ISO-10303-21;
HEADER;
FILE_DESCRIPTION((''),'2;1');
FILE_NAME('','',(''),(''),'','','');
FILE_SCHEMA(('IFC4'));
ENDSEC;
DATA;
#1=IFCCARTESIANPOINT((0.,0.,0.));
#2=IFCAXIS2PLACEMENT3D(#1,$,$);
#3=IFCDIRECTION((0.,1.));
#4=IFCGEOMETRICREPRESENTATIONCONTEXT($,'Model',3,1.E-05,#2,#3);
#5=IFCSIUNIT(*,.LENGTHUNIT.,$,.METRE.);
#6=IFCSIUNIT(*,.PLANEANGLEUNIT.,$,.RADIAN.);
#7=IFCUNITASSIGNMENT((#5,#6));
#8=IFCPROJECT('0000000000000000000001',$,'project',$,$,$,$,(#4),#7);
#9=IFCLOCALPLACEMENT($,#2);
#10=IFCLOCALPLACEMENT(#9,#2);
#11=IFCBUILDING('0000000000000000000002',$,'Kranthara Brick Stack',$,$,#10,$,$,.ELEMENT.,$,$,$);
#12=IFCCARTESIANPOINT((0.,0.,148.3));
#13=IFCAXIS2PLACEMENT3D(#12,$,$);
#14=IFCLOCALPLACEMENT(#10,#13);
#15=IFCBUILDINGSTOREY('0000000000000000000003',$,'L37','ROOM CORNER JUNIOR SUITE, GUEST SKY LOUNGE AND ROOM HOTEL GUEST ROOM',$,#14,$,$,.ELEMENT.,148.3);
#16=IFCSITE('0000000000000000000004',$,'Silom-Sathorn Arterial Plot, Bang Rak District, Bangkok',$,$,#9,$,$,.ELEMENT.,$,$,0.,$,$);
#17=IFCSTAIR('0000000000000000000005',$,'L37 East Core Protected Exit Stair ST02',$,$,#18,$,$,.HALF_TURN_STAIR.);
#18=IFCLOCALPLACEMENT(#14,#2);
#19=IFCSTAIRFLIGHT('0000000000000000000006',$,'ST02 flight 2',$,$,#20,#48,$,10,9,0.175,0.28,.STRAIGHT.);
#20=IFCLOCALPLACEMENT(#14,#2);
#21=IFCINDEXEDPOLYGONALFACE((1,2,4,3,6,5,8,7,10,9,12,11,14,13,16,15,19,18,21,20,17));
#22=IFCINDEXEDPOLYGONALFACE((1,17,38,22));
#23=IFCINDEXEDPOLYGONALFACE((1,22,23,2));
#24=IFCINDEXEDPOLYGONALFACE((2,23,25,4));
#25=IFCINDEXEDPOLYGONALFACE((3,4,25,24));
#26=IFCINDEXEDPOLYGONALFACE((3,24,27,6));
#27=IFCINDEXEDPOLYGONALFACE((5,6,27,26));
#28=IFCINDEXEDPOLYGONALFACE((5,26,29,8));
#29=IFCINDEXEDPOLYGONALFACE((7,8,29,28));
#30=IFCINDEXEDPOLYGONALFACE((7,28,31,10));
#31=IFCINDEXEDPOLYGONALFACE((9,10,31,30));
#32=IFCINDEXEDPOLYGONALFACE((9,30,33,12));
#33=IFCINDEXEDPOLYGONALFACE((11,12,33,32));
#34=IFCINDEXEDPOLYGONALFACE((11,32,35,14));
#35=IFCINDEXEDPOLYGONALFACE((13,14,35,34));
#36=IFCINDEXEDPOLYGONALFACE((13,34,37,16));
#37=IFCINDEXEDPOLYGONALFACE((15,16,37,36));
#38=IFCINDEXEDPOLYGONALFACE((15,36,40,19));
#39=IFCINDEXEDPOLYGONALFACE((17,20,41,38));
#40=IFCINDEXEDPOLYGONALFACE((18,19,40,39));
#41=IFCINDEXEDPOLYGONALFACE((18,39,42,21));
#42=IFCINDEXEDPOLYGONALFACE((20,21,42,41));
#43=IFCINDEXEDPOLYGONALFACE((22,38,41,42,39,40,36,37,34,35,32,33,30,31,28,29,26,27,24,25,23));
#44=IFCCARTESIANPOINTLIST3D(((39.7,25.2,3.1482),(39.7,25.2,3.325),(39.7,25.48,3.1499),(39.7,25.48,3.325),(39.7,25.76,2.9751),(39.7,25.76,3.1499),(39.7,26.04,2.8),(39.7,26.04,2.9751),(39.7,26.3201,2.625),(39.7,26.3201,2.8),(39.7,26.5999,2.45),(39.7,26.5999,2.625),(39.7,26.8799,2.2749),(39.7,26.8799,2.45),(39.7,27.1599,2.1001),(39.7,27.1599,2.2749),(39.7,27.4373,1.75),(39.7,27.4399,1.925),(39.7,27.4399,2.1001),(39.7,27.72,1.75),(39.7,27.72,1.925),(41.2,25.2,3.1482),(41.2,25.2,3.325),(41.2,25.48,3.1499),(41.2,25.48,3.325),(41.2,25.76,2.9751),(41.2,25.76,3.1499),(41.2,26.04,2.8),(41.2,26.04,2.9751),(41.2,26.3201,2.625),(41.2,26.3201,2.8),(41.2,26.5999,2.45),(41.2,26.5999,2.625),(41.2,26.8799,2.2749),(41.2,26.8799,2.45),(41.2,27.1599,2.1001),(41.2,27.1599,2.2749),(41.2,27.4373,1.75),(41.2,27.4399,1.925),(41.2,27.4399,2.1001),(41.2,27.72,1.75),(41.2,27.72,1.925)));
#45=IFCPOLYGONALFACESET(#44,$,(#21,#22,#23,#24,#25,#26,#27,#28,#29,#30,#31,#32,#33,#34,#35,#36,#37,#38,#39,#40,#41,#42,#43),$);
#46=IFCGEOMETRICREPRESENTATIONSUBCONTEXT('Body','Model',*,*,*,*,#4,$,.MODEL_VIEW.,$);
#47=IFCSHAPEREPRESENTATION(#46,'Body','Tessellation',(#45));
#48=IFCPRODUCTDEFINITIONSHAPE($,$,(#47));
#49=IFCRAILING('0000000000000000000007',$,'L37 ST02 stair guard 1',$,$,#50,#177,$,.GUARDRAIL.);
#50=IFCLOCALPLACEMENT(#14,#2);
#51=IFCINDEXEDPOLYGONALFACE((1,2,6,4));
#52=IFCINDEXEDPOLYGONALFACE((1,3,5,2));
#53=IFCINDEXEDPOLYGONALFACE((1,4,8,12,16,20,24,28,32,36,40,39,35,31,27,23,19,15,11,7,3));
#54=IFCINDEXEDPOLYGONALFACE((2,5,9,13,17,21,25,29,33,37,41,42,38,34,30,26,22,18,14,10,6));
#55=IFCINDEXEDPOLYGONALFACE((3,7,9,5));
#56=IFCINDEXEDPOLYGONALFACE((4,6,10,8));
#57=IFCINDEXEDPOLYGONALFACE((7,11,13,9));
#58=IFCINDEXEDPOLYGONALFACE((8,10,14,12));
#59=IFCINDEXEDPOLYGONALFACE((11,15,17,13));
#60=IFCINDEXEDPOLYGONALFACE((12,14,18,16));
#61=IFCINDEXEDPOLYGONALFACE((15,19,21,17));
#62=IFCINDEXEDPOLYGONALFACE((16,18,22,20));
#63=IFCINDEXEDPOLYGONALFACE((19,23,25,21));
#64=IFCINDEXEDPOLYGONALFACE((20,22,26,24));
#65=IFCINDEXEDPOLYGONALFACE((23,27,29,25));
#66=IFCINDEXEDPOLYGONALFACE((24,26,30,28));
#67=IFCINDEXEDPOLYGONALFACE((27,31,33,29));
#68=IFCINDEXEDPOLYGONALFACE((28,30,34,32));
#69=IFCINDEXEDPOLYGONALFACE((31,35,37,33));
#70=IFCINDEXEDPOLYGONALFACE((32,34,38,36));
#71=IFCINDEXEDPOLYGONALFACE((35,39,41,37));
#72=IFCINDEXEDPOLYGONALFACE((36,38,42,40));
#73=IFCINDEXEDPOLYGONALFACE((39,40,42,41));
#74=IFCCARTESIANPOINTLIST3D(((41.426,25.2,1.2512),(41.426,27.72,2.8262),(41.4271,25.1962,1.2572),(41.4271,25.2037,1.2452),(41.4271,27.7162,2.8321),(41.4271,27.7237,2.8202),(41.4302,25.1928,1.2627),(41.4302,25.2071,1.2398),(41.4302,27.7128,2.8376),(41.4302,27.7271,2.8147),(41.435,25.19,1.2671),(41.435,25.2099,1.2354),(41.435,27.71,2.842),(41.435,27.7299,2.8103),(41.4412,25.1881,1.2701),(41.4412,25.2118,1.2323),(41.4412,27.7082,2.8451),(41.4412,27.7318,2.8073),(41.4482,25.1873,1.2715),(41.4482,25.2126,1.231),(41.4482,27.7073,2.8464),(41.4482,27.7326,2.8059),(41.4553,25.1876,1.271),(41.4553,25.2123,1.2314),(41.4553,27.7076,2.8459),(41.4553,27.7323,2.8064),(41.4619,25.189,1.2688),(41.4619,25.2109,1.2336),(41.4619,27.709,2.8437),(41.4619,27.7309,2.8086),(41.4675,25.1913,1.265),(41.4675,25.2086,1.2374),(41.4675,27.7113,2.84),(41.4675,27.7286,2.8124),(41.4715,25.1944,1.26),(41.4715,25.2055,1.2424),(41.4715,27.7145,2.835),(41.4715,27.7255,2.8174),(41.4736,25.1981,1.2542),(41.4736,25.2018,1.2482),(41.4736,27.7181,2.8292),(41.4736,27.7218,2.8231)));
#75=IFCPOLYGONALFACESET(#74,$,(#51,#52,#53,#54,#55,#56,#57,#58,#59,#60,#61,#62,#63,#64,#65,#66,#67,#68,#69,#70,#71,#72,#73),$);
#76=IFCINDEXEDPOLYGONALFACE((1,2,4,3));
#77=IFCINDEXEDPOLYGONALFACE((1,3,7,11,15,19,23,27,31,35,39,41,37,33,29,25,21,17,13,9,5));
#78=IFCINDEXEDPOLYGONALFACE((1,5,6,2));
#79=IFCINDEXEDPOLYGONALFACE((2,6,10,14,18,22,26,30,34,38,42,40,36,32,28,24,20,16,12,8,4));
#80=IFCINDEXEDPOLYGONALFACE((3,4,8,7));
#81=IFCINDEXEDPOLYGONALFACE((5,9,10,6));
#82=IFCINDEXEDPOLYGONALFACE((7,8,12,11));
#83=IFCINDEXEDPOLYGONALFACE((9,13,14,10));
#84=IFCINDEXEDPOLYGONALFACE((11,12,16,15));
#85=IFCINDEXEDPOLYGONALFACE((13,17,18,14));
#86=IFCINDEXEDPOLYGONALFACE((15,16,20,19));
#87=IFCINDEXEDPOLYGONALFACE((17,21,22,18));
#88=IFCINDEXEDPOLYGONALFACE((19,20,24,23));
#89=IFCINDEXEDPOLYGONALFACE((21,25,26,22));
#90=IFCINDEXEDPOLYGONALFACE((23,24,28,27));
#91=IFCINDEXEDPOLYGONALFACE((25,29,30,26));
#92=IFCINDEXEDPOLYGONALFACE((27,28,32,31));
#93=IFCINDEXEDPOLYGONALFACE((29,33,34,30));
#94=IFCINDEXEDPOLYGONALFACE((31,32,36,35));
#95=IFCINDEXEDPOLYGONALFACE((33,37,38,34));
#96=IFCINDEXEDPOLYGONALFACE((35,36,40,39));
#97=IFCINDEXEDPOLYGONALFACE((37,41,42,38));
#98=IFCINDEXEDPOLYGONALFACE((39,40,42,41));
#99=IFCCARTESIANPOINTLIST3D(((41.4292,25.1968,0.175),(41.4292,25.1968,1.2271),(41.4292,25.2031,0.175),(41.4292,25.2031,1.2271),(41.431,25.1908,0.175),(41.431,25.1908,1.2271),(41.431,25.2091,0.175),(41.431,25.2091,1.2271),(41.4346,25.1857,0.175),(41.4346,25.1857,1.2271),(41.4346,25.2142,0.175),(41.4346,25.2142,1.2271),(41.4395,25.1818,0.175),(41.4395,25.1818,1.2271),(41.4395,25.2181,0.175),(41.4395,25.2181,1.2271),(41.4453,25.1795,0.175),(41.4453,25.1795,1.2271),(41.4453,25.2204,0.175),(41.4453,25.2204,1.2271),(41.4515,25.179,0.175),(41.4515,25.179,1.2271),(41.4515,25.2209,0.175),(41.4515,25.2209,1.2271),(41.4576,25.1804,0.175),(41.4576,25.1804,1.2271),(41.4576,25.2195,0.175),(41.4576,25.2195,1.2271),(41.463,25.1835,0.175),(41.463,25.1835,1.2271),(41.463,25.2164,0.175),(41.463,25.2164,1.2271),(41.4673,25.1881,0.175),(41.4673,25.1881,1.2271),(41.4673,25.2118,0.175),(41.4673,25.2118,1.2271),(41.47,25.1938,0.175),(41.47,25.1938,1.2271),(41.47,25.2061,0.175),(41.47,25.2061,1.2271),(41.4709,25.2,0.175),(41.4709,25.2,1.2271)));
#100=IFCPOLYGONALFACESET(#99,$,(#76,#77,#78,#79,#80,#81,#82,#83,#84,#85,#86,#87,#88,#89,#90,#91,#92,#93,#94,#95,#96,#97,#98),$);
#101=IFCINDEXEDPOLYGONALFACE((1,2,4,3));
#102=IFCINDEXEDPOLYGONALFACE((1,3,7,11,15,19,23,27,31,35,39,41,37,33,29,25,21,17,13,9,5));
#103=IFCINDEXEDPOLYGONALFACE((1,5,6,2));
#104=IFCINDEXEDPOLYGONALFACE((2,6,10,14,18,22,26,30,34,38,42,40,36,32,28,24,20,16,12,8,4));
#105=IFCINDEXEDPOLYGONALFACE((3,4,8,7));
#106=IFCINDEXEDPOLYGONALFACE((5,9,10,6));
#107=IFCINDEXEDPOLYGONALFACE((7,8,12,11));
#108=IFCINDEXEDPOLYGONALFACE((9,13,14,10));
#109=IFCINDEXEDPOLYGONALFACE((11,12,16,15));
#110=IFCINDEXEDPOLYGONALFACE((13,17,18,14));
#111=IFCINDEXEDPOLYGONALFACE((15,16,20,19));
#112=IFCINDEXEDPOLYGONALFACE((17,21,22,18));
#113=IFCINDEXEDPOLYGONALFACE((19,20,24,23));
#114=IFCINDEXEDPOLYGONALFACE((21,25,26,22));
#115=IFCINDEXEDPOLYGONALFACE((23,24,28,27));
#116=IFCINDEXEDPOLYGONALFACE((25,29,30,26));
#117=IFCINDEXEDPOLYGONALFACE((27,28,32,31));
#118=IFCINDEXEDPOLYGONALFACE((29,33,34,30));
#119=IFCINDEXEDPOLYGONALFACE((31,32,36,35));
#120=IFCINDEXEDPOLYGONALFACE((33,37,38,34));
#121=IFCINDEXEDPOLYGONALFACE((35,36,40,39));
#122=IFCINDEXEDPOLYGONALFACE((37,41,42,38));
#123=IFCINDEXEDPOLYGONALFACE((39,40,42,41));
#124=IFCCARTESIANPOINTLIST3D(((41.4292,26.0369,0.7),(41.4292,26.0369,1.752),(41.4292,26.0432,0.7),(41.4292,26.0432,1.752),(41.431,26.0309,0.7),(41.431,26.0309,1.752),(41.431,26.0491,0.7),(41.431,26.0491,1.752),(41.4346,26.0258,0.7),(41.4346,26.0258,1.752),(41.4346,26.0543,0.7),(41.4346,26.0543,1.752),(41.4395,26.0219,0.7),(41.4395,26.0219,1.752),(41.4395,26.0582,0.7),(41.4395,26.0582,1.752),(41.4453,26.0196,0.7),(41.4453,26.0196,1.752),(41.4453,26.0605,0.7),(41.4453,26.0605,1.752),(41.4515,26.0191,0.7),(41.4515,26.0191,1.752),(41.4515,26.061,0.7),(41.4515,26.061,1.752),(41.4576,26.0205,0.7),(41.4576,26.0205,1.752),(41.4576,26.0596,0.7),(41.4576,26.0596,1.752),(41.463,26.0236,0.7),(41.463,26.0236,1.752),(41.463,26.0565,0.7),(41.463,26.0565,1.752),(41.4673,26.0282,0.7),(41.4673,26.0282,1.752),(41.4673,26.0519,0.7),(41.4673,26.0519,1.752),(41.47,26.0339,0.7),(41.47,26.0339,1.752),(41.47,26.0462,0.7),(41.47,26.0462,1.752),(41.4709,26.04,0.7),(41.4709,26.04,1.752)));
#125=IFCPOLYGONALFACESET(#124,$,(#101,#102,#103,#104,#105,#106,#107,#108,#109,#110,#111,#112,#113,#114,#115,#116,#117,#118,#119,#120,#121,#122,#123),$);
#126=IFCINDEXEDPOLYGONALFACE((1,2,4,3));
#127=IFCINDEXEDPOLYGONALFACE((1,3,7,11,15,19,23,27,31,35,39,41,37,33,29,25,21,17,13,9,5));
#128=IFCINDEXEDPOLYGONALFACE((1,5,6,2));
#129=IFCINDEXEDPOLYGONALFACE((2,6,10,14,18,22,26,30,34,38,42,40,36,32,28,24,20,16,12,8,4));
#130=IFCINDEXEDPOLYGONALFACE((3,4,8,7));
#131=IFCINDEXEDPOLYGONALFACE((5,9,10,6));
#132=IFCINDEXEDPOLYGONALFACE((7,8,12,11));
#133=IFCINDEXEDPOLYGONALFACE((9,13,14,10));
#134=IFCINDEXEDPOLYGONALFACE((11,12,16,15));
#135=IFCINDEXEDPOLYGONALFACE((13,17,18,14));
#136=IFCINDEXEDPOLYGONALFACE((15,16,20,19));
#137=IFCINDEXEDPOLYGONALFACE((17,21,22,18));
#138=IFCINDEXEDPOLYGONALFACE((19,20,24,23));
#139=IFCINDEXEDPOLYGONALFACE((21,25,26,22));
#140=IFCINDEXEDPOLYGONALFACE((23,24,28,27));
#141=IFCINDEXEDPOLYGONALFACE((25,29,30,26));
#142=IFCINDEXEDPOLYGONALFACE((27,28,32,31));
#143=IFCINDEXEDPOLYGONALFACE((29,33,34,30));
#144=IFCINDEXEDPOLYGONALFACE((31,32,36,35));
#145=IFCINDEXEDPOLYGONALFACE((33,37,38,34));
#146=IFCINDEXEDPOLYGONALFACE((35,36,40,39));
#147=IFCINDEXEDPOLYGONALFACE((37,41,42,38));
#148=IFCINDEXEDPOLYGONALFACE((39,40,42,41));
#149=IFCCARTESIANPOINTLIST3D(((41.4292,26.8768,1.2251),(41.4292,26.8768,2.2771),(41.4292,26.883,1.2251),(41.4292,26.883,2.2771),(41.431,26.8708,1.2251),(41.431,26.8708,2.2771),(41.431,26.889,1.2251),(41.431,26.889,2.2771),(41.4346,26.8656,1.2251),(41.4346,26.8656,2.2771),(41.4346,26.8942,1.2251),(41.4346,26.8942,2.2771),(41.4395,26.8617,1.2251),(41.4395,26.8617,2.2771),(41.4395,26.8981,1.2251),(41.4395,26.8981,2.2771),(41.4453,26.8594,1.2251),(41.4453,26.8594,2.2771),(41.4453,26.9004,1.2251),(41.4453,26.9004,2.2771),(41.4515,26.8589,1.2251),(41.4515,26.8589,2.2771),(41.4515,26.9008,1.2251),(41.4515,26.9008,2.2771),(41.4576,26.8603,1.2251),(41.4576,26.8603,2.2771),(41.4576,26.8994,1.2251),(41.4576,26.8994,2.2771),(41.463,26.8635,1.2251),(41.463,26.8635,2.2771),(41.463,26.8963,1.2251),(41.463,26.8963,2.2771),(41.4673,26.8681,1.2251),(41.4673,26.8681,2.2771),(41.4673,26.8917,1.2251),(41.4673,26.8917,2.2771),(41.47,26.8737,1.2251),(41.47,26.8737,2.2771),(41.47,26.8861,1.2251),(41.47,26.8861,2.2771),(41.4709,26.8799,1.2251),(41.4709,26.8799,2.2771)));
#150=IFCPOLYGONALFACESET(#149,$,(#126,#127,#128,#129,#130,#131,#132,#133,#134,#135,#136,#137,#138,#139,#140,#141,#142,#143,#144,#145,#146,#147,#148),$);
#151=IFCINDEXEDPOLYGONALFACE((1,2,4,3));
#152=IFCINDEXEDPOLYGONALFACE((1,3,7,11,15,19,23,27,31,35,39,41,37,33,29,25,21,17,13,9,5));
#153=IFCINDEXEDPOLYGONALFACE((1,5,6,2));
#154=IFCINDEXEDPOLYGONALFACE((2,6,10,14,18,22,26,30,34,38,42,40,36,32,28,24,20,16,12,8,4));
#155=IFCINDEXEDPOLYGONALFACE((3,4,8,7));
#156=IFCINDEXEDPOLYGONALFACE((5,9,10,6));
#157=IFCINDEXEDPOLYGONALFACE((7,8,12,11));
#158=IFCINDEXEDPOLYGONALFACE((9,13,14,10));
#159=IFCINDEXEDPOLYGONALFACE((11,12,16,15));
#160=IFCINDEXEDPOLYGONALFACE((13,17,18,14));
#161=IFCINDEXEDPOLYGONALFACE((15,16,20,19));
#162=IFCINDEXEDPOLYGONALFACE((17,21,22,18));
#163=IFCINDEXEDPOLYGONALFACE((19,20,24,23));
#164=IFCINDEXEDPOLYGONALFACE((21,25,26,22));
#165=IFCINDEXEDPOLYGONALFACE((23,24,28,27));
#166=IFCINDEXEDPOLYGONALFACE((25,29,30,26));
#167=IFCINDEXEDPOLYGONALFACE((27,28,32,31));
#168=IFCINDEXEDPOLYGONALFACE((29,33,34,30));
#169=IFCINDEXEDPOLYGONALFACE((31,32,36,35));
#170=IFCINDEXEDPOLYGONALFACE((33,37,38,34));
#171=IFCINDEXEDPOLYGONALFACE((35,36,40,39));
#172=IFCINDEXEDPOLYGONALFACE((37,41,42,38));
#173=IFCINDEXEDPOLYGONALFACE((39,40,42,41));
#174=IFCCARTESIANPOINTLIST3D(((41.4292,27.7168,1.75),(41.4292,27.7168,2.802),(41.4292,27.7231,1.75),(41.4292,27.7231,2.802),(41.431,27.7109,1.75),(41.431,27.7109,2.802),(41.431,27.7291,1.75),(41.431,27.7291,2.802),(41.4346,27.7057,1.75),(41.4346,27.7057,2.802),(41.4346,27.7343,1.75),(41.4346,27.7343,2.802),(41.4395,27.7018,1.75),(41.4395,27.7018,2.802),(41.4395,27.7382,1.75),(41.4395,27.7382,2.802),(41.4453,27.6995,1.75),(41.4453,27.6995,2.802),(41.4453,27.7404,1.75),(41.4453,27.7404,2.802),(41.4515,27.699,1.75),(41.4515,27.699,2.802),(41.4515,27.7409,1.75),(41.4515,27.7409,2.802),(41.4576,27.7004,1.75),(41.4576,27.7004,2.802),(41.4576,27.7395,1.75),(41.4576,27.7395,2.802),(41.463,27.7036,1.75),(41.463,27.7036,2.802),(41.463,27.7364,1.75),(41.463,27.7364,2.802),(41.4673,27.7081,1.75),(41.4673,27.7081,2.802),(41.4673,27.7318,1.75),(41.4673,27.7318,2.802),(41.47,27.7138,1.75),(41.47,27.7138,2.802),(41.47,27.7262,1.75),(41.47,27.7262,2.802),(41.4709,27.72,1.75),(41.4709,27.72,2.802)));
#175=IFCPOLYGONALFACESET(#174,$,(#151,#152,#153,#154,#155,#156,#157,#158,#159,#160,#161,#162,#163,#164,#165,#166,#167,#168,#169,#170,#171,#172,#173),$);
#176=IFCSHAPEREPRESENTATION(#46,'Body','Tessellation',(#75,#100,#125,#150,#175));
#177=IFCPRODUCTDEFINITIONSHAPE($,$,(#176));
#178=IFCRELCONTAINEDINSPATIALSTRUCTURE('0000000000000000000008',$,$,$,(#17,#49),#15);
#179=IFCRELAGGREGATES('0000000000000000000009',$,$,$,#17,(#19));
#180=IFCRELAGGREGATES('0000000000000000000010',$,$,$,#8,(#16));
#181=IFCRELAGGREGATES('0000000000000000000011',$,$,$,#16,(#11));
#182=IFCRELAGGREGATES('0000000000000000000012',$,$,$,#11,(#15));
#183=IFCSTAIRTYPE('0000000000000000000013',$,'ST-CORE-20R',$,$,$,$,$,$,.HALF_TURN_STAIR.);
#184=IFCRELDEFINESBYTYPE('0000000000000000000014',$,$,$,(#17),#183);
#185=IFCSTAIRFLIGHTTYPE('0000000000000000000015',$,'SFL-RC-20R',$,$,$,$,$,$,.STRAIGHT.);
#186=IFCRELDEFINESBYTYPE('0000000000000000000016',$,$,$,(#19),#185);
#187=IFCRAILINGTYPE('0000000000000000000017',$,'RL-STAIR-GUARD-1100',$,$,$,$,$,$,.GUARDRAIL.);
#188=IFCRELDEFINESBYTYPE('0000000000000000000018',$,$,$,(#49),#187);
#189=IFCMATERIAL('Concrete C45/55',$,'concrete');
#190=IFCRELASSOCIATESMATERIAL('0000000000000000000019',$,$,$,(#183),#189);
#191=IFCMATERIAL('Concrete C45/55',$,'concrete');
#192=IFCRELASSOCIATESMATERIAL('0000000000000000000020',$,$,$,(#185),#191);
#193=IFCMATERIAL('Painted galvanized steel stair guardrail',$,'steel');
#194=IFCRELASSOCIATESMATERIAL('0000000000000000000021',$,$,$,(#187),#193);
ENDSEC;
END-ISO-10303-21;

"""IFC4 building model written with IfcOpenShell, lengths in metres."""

from ifc_helpers import new_model, si_unit, direction, frame, origin, origin_2d, place, context, subcontext, project, spatial, polyline, circle, outline, extrude, material, type_object, element, aggregate, save


model = new_model("IFC4")

# Units and contexts
model_context = context("Model", 3, precision=1e-05, world=origin(), true_north=direction((0.0, 1.0)))
body_context = subcontext(model_context, "Body", "Model", "MODEL_VIEW")
ifc_project = project(units=[si_unit("LENGTHUNIT", "METRE"), si_unit("PLANEANGLEUNIT", "RADIAN")], contexts=[model_context])

# Site, building, storey
site_placement = place(None, origin())
site = spatial("IfcSite", under=ifc_project, at=site_placement, Name="Silom-Sathorn Arterial Plot, Bang Rak District, Bangkok", CompositionType="ELEMENT", RefElevation=0.0)
building_placement = place(site_placement, origin())
building = spatial("IfcBuilding", under=site, at=building_placement, Name="Kranthara Brick Stack", CompositionType="ELEMENT")
storey_placement = place(building_placement, frame((0.0, 0.0, 148.3)))
storey = spatial("IfcBuildingStorey", under=building, at=storey_placement, Name="L37", Description="ROOM CORNER JUNIOR SUITE, GUEST SKY LOUNGE AND ROOM HOTEL GUEST ROOM", CompositionType="ELEMENT", Elevation=148.3)

# Stair, stair flight
ifc_material_1 = material(Name="Concrete C45/55", Category="concrete")
stair_type = type_object("IfcStairType", Name="ST-CORE-20R", PredefinedType="HALF_TURN_STAIR", material=ifc_material_1)
stair_placement = place(storey_placement, origin())
stair = element("IfcStair", 1, at=stair_placement, inside=storey, type_object=stair_type, Name="L37 East Core Protected Exit Stair ST02", PredefinedType="HALF_TURN_STAIR")
ifc_material_2 = material(Name="Concrete C45/55", Category="concrete")
stair_flight_type = type_object("IfcStairFlightType", Name="SFL-RC-20R", PredefinedType="STRAIGHT", material=ifc_material_2)
stair_flight_1_placement = place(storey_placement, frame((40.45, 27.72, 1.75), z_axis=(0.0, 0.0, 1.0), x_axis=(0.0, -1.0, 0.0)))
stair_flight_1 = element("IfcStairFlight", 2, at=stair_flight_1_placement, type_object=stair_flight_type, Name="ST02 flight 2", NumberOfRisers=10, NumberOfTreads=9, PredefinedType="STRAIGHT", RiserHeight=0.175, TreadLength=0.28, context=body_context, shape_type="SweptSolid", body=[
    extrude(outline(polyline([(0.0, 0.0), (0.0, 0.175), (0.28, 0.175), (0.28, 0.3501), (0.5601, 0.3501), (0.5601, 0.5249), (0.8401, 0.5249), (0.8401, 0.7), (1.1201, 0.7), (1.1201, 0.875), (1.3999, 0.875), (1.3999, 1.05), (1.6799, 1.05), (1.6799, 1.2251), (1.96, 1.2251), (1.96, 1.3999), (2.24, 1.3999), (2.24, 1.575), (2.52, 1.575), (2.52, 1.75), (2.52, 1.3982), (0.2827, 0.0), (0.0, 0.0)])), frame((0.0, 0.75, 0.0), z_axis=(0.0, -1.0, 0.0), x_axis=(1.0, 0.0, 0.0)), (0.0, 0.0, 1.0), 1.5),
])
aggregate(stair, [stair_flight_1])

# Railing
ifc_material_3 = material(Name="Painted galvanized steel stair guardrail", Category="steel")
railing_type_1 = type_object("IfcRailingType", Name="RL-STAIR-GUARD-1100", PredefinedType="GUARDRAIL", material=ifc_material_3)
railing_1_placement = place(storey_placement, frame((41.45, 25.2, 0.175)))
element("IfcRailing", 3, at=railing_1_placement, inside=storey, type_object=railing_type_1, Name="L37 ST02 stair guard 1", PredefinedType="GUARDRAIL", context=body_context, shape_type="SweptSolid", body=[
    extrude(circle(Radius=0.0239, at=origin_2d()), frame((0.0, 0.0, 1.0762), z_axis=(0.0, 0.848008, 0.529984), x_axis=(-1.0, 0.0, 0.0)), (0.0, 0.0, 1.0), 2.9717),
    extrude(circle(Radius=0.021, at=origin_2d()), origin(), (0.0, 0.0, 1.0), 1.052),
    extrude(circle(Radius=0.021, at=origin_2d()), frame((0.0, 0.8401, 0.5249)), (0.0, 0.0, 1.0), 1.052),
    extrude(circle(Radius=0.021, at=origin_2d()), frame((0.0, 1.6799, 1.05)), (0.0, 0.0, 1.0), 1.052),
    extrude(circle(Radius=0.021, at=origin_2d()), frame((0.0, 2.52, 1.575)), (0.0, 0.0, 1.0), 1.052),
])

save(model, "model.ifc")
